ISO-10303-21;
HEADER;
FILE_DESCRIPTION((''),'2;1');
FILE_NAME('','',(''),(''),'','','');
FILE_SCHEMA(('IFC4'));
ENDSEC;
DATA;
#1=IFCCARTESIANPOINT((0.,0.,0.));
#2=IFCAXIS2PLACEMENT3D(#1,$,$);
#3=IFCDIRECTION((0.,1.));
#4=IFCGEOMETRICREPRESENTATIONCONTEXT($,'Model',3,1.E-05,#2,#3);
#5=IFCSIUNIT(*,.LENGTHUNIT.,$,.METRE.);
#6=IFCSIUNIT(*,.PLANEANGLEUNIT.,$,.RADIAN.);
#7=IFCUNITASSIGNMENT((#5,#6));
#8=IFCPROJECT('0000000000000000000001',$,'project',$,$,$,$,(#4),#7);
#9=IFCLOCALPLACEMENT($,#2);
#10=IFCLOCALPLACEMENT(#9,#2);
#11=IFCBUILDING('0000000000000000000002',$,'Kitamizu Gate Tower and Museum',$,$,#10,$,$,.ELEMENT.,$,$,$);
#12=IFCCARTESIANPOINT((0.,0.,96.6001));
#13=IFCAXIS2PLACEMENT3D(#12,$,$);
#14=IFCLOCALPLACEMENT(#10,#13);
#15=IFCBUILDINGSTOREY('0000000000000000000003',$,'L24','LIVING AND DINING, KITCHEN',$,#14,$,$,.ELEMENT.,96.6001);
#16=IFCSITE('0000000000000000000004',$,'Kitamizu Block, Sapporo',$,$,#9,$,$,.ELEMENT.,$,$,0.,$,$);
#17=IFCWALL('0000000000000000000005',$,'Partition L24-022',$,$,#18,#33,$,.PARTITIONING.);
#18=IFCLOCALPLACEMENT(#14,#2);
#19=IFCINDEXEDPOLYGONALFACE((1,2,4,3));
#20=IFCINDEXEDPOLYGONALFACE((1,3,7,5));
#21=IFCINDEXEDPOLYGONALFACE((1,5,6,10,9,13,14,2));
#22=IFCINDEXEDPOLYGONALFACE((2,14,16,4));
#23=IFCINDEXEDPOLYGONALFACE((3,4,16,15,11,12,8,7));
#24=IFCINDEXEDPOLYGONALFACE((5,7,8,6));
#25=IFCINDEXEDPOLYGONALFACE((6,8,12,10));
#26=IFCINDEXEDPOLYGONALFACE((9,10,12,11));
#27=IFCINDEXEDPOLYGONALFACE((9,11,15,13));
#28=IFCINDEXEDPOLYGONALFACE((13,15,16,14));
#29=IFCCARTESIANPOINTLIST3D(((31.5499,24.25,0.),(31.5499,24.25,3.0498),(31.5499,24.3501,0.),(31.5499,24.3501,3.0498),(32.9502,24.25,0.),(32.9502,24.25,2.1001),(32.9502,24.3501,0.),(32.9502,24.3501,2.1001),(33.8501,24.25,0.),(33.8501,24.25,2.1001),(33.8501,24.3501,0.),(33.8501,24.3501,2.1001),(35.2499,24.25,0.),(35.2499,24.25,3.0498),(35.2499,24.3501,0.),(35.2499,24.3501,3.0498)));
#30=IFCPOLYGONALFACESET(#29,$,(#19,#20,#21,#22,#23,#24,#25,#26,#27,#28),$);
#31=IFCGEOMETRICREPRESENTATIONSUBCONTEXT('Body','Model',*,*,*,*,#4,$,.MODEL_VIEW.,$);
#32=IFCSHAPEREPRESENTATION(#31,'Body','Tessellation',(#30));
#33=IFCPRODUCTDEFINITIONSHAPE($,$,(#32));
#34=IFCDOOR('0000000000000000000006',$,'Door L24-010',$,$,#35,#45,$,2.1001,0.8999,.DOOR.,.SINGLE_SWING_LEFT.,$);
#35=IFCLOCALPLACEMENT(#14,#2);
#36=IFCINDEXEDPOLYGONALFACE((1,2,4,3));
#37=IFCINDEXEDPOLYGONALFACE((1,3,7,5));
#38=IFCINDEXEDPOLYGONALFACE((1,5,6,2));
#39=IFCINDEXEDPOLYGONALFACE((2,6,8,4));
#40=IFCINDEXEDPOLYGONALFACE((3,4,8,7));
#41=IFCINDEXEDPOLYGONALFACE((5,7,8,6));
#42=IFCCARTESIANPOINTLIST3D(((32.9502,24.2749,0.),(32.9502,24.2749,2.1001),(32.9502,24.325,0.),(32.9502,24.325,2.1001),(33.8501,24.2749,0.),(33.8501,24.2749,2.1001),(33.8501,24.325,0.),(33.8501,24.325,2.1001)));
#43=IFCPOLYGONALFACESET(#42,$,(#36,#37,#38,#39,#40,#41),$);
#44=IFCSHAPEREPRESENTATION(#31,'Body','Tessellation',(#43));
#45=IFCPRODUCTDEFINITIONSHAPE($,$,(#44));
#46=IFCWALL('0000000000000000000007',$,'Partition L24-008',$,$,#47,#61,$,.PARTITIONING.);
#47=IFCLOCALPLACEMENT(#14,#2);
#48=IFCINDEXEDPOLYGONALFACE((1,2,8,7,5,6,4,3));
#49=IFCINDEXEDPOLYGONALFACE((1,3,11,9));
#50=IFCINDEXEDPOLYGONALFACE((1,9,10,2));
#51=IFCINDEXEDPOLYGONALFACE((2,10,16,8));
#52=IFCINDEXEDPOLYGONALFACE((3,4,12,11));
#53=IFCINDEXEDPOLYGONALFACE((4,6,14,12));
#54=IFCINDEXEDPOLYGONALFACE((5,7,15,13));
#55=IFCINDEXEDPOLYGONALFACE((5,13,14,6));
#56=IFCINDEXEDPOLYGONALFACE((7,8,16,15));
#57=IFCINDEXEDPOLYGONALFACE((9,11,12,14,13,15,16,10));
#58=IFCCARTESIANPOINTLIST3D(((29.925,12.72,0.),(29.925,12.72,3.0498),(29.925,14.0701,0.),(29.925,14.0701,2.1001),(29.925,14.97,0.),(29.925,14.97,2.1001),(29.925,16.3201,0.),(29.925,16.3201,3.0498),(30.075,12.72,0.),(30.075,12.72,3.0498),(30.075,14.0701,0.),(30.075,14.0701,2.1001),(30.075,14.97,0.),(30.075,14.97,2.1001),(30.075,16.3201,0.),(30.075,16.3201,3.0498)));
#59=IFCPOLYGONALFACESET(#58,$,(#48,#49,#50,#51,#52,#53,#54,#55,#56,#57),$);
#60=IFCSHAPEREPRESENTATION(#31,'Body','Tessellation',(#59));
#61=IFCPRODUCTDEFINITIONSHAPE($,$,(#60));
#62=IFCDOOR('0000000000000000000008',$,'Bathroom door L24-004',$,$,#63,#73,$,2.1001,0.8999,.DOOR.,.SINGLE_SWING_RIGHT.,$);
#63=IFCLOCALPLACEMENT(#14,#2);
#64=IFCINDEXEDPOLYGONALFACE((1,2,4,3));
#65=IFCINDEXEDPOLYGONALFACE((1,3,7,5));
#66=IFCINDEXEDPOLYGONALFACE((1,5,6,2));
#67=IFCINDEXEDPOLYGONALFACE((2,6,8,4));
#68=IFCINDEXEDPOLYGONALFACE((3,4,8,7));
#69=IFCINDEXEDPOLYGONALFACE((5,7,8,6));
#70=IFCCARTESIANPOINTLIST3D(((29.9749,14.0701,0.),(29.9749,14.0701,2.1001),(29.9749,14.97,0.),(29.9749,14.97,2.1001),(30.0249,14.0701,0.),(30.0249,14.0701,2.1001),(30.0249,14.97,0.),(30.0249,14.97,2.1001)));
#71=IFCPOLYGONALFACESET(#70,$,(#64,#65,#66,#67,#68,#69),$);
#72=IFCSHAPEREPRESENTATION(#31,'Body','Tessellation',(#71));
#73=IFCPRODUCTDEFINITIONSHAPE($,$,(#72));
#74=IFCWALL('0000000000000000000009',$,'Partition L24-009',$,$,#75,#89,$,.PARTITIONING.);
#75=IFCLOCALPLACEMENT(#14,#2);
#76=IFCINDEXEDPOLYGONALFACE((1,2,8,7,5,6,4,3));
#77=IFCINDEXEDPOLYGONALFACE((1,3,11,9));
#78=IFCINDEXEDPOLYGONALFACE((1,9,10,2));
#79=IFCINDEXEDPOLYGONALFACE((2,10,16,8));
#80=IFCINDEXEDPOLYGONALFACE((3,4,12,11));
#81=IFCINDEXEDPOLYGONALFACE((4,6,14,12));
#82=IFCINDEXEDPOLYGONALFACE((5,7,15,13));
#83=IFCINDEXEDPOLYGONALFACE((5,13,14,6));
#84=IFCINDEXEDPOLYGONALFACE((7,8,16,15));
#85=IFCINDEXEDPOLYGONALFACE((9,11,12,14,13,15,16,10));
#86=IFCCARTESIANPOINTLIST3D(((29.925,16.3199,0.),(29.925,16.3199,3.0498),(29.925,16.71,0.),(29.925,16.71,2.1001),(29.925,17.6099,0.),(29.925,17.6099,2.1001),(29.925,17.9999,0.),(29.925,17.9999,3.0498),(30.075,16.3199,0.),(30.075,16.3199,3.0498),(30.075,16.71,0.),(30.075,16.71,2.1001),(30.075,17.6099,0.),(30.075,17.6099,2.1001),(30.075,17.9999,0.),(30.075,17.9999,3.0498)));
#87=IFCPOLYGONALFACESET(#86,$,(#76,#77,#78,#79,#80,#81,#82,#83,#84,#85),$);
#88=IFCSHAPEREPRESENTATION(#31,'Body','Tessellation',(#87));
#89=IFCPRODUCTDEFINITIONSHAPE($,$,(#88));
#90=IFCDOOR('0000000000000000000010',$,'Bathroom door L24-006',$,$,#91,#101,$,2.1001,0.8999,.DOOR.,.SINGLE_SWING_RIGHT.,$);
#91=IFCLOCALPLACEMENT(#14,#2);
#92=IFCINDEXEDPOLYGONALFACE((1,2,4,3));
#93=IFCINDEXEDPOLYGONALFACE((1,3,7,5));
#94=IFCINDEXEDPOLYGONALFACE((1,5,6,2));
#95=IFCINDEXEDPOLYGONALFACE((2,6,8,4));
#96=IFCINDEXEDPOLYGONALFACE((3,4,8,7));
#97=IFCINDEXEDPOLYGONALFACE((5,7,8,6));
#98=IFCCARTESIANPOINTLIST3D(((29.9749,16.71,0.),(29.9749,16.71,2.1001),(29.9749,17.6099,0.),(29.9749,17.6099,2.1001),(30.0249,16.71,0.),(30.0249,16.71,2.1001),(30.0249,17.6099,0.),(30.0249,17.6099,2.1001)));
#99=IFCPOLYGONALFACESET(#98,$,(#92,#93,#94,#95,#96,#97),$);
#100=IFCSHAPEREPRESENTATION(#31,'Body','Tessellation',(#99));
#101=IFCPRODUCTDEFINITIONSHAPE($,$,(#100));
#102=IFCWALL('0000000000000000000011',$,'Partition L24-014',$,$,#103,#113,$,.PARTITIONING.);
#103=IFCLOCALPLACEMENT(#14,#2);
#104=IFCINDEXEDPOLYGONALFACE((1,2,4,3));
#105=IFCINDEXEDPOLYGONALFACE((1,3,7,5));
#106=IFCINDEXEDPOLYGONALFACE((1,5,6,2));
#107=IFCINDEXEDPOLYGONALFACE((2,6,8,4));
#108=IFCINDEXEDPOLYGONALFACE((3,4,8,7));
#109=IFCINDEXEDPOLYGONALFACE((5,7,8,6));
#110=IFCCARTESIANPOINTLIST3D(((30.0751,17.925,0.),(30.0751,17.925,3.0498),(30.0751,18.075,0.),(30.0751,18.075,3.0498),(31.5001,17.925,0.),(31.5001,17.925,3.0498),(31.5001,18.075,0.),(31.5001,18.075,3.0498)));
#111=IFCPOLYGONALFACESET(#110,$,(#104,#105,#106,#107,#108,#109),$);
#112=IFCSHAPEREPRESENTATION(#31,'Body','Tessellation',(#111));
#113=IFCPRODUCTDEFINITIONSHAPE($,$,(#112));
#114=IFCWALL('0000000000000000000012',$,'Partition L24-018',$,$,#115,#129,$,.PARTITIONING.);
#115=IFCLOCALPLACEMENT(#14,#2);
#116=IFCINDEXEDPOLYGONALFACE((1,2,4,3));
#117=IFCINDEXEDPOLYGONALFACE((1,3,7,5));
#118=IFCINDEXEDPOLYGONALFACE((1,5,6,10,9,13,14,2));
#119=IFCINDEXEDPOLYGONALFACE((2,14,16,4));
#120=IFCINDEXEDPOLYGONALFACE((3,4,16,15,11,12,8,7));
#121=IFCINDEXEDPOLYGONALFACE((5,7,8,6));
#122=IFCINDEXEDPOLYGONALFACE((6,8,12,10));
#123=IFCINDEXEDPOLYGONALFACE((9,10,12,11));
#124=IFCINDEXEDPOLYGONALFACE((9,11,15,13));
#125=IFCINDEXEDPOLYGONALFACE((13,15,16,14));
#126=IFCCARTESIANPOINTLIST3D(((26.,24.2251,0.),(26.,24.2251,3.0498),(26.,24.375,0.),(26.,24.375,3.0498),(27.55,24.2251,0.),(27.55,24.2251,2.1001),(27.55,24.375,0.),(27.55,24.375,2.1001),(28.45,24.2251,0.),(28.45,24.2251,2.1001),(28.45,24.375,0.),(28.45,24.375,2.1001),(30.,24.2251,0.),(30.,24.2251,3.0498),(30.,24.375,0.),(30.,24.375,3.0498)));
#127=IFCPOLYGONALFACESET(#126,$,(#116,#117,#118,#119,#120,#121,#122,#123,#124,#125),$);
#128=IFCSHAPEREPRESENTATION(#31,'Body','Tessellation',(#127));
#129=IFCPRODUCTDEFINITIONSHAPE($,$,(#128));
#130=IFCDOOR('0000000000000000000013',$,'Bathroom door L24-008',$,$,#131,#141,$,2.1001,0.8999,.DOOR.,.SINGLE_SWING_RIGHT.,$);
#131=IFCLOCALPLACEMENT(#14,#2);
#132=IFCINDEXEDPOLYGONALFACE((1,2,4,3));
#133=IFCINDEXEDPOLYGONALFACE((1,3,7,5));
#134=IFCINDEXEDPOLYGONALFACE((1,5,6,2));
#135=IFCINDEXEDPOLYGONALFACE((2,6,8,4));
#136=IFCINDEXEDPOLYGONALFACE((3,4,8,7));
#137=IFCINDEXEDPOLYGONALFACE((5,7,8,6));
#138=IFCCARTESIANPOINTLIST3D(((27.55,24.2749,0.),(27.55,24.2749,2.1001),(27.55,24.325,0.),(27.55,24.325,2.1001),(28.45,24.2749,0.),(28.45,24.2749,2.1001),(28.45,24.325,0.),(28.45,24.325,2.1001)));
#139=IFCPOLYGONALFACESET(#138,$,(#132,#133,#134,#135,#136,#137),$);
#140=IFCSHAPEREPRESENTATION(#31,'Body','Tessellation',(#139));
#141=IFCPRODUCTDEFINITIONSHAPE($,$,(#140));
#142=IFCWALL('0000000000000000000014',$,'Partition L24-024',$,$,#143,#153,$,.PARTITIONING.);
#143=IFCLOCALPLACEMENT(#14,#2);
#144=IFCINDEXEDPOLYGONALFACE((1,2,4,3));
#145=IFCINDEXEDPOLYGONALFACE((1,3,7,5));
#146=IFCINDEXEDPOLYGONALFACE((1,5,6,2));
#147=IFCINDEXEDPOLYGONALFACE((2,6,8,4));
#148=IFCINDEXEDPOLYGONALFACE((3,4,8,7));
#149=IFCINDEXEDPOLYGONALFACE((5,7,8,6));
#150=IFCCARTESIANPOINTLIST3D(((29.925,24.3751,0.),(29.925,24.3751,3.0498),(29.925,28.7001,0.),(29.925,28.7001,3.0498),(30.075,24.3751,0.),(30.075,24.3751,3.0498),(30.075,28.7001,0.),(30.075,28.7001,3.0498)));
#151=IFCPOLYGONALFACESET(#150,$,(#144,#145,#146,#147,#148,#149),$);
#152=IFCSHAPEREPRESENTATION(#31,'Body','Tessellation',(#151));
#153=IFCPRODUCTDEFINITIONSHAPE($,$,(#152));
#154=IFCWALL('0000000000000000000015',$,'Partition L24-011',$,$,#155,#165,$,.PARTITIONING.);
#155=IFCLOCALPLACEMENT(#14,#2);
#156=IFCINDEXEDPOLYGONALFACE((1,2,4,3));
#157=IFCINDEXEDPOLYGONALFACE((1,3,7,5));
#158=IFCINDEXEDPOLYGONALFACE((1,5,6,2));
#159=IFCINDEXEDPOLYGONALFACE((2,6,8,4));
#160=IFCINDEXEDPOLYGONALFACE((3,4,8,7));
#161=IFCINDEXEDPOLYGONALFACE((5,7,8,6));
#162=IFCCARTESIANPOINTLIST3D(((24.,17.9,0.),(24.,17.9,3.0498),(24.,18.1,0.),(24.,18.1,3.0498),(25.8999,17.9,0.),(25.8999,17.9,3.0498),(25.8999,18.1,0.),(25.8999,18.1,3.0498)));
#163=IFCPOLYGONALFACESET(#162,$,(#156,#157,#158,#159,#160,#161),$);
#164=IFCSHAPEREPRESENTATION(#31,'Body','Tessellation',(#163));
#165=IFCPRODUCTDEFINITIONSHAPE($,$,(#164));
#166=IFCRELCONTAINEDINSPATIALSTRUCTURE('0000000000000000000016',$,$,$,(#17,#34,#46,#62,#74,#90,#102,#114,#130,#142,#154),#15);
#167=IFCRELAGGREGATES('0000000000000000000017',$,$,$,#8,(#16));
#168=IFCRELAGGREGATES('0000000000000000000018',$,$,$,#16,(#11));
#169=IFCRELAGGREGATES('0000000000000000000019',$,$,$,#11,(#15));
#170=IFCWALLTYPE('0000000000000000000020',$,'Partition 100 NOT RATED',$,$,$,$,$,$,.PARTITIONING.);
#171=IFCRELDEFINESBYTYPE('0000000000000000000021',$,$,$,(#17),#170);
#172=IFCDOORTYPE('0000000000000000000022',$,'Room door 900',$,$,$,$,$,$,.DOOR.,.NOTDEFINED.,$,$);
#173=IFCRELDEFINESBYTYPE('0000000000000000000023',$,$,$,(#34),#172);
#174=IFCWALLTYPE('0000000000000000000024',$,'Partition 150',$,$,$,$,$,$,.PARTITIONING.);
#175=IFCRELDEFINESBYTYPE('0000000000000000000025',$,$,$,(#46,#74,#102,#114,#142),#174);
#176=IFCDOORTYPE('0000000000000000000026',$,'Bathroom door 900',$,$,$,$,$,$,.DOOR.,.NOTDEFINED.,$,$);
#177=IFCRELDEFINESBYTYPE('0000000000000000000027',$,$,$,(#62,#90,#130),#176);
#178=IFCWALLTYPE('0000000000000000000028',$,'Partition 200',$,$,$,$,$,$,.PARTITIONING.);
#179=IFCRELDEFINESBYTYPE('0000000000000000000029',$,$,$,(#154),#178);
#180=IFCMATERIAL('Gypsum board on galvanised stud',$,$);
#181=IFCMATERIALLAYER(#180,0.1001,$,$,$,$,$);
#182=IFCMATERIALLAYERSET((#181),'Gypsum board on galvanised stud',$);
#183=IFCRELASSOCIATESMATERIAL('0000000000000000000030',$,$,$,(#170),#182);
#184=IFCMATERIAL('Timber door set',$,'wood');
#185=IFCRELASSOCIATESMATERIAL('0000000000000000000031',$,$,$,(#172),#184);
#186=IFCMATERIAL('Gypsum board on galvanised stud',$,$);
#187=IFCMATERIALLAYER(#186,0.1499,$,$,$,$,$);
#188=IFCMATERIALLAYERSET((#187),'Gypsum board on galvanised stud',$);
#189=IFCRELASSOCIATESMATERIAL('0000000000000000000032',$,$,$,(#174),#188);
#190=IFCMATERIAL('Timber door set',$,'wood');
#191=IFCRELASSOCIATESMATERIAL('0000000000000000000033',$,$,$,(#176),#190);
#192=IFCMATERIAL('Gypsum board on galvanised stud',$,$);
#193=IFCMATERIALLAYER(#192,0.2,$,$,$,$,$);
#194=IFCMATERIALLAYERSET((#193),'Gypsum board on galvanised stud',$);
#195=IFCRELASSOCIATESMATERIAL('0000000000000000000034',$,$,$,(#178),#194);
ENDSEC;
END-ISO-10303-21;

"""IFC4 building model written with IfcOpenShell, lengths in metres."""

from ifc_helpers import new_model, si_unit, direction, frame, frame_2d, origin, place, context, subcontext, project, spatial, rectangle, extrude, material, layer, layer_set, type_object, element, fill, save


model = new_model("IFC4")

# Units and contexts
model_context = context("Model", 3, precision=1e-05, world=origin(), true_north=direction((0.0, 1.0)))
body_context = subcontext(model_context, "Body", "Model", "MODEL_VIEW")
ifc_project = project(units=[si_unit("LENGTHUNIT", "METRE"), si_unit("PLANEANGLEUNIT", "RADIAN")], contexts=[model_context])

# Site, building, storey
site_placement = place(None, origin())
site = spatial("IfcSite", under=ifc_project, at=site_placement, Name="Kitamizu Block, Sapporo", CompositionType="ELEMENT", RefElevation=0.0)
building_placement = place(site_placement, origin())
building = spatial("IfcBuilding", under=site, at=building_placement, Name="Kitamizu Gate Tower and Museum", CompositionType="ELEMENT")
storey_placement = place(building_placement, frame((0.0, 0.0, 96.6001)))
storey = spatial("IfcBuildingStorey", under=building, at=storey_placement, Name="L24", Description="LIVING AND DINING, KITCHEN", CompositionType="ELEMENT", Elevation=96.6001)

# Shared definitions
ifc_material_1 = material(Name="Gypsum board on galvanised stud")
ifc_layer_1 = layer(ifc_material_1, 0.1001)
ifc_layer_set_1 = layer_set([ifc_layer_1], Name="Gypsum board on galvanised stud")
wall_type_1 = type_object("IfcWallType", Name="Partition 100 NOT RATED", PredefinedType="PARTITIONING", material=ifc_layer_set_1)
ifc_material_2 = material(Name="Timber door set", Category="wood")
door_type_1 = type_object("IfcDoorType", Name="Room door 900", OperationType="NOTDEFINED", PredefinedType="DOOR", material=ifc_material_2)

# Walls, openings, doors
wall_1_placement = place(storey_placement, frame((35.25, 24.3, 0.0), z_axis=(0.0, 0.0, 1.0), x_axis=(-1.0, 0.0, 0.0)))
wall_1 = element("IfcWall", 1, at=wall_1_placement, inside=storey, type_object=wall_type_1, Name="Partition L24-022", PredefinedType="PARTITIONING", context=body_context, shape_type="SweptSolid", body=[
    extrude(rectangle(XDim=3.7, YDim=0.1001, at=frame_2d((1.8501, 0.0))), origin(), (0.0, 0.0, 1.0), 3.0498),
])
opening_1_placement = place(wall_1_placement, frame((1.3999, 0.0, 0.0)))
opening_1 = element("IfcOpeningElement", 2, at=opening_1_placement, cuts=wall_1, PredefinedType="OPENING", context=body_context, shape_type="SweptSolid", body=[
    extrude(rectangle(XDim=0.8999, YDim=2.1001, at=frame_2d((0.45, 1.05))), frame((0.0, 0.0601, 0.0), z_axis=(0.0, -1.0, 0.0), x_axis=(1.0, 0.0, 0.0)), (0.0, 0.0, 1.0), 0.1201),
])
door_1_placement = place(opening_1_placement, frame((0.8999, 0.0, 0.0), x_axis=(-1.0, 0.0, 0.0)))
door_1 = element("IfcDoor", 3, at=door_1_placement, inside=storey, type_object=door_type_1, Name="Door L24-010", OperationType="SINGLE_SWING_LEFT", OverallHeight=2.1001, OverallWidth=0.8999, PredefinedType="DOOR", context=body_context, shape_type="SweptSolid", body=[
    extrude(rectangle(XDim=0.8999, YDim=2.1001, at=frame_2d((0.45, 1.05))), frame((0.0, 0.0249, 0.0), z_axis=(0.0, -1.0, 0.0), x_axis=(1.0, 0.0, 0.0)), (0.0, 0.0, 1.0), 0.05),
])
fill(opening_1, door_1)
ifc_material_3 = material(Name="Gypsum board on galvanised stud")
ifc_layer_2 = layer(ifc_material_3, 0.1499)
ifc_layer_set_2 = layer_set([ifc_layer_2], Name="Gypsum board on galvanised stud")
wall_type_2 = type_object("IfcWallType", Name="Partition 150", PredefinedType="PARTITIONING", material=ifc_layer_set_2)
wall_2_placement = place(storey_placement, frame((30.0, 12.72, 0.0), z_axis=(0.0, 0.0, 1.0), x_axis=(0.0, 1.0, 0.0)))
wall_2 = element("IfcWall", 4, at=wall_2_placement, inside=storey, type_object=wall_type_2, Name="Partition L24-008", PredefinedType="PARTITIONING", context=body_context, shape_type="SweptSolid", body=[
    extrude(rectangle(XDim=3.6001, YDim=0.1499, at=frame_2d((1.8, 0.0))), origin(), (0.0, 0.0, 1.0), 3.0498),
])
opening_2_placement = place(wall_2_placement, frame((1.3501, 0.0, 0.0)))
opening_2 = element("IfcOpeningElement", 5, at=opening_2_placement, cuts=wall_2, PredefinedType="OPENING", context=body_context, shape_type="SweptSolid", body=[
    extrude(rectangle(XDim=0.8999, YDim=2.1001, at=frame_2d((0.45, 1.05))), frame((0.0, 0.085, 0.0), z_axis=(0.0, -1.0, 0.0), x_axis=(1.0, 0.0, 0.0)), (0.0, 0.0, 1.0), 0.1699),
])
ifc_material_4 = material(Name="Timber door set", Category="wood")
door_type_2 = type_object("IfcDoorType", Name="Bathroom door 900", OperationType="NOTDEFINED", PredefinedType="DOOR", material=ifc_material_4)
door_2_placement = place(opening_2_placement, frame((0.8999, 0.0, 0.0), x_axis=(-1.0, 0.0, 0.0)))
door_2 = element("IfcDoor", 6, at=door_2_placement, inside=storey, type_object=door_type_2, Name="Bathroom door L24-004", OperationType="SINGLE_SWING_RIGHT", OverallHeight=2.1001, OverallWidth=0.8999, PredefinedType="DOOR", context=body_context, shape_type="SweptSolid", body=[
    extrude(rectangle(XDim=0.8999, YDim=2.1001, at=frame_2d((0.45, 1.05))), frame((0.0, 0.0249, 0.0), z_axis=(0.0, -1.0, 0.0), x_axis=(1.0, 0.0, 0.0)), (0.0, 0.0, 1.0), 0.05),
])
fill(opening_2, door_2)
wall_3_placement = place(storey_placement, frame((30.0, 16.3201, 0.0), z_axis=(0.0, 0.0, 1.0), x_axis=(0.0, 1.0, 0.0)))
wall_3 = element("IfcWall", 7, at=wall_3_placement, inside=storey, type_object=wall_type_2, Name="Partition L24-009", PredefinedType="PARTITIONING", context=body_context, shape_type="SweptSolid", body=[
    extrude(rectangle(XDim=1.6799, YDim=0.1499, at=frame_2d((0.8398, 0.0))), origin(), (0.0, 0.0, 1.0), 3.0498),
])
opening_3_placement = place(wall_3_placement, frame((0.3899, 0.0, 0.0)))
opening_3 = element("IfcOpeningElement", 8, at=opening_3_placement, cuts=wall_3, PredefinedType="OPENING", context=body_context, shape_type="SweptSolid", body=[
    extrude(rectangle(XDim=0.8999, YDim=2.1001, at=frame_2d((0.45, 1.05))), frame((0.0, 0.085, 0.0), z_axis=(0.0, -1.0, 0.0), x_axis=(1.0, 0.0, 0.0)), (0.0, 0.0, 1.0), 0.1699),
])
door_3_placement = place(opening_3_placement, frame((0.8999, 0.0, 0.0), x_axis=(-1.0, 0.0, 0.0)))
door_3 = element("IfcDoor", 9, at=door_3_placement, inside=storey, type_object=door_type_2, Name="Bathroom door L24-006", OperationType="SINGLE_SWING_RIGHT", OverallHeight=2.1001, OverallWidth=0.8999, PredefinedType="DOOR", context=body_context, shape_type="SweptSolid", body=[
    extrude(rectangle(XDim=0.8999, YDim=2.1001, at=frame_2d((0.45, 1.05))), frame((0.0, 0.0249, 0.0), z_axis=(0.0, -1.0, 0.0), x_axis=(1.0, 0.0, 0.0)), (0.0, 0.0, 1.0), 0.05),
])
fill(opening_3, door_3)

# Wall
wall_4_placement = place(storey_placement, frame((31.5, 18.0, 0.0), z_axis=(0.0, 0.0, 1.0), x_axis=(-1.0, 0.0, 0.0)))
element("IfcWall", 10, at=wall_4_placement, inside=storey, type_object=wall_type_2, Name="Partition L24-014", PredefinedType="PARTITIONING", context=body_context, shape_type="SweptSolid", body=[
    extrude(rectangle(XDim=1.425, YDim=0.1499, at=frame_2d((0.7124, 0.0))), origin(), (0.0, 0.0, 1.0), 3.0498),
])

# Wall, opening, door
wall_5_placement = place(storey_placement, frame((30.0, 24.3, 0.0), z_axis=(0.0, 0.0, 1.0), x_axis=(-1.0, 0.0, 0.0)))
wall_5 = element("IfcWall", 11, at=wall_5_placement, inside=storey, type_object=wall_type_2, Name="Partition L24-018", PredefinedType="PARTITIONING", context=body_context, shape_type="SweptSolid", body=[
    extrude(rectangle(XDim=4.0, YDim=0.1499, at=frame_2d((2.0, 0.0))), origin(), (0.0, 0.0, 1.0), 3.0498),
])
opening_4_placement = place(wall_5_placement, frame((1.55, 0.0, 0.0)))
opening_4 = element("IfcOpeningElement", 12, at=opening_4_placement, cuts=wall_5, PredefinedType="OPENING", context=body_context, shape_type="SweptSolid", body=[
    extrude(rectangle(XDim=0.8999, YDim=2.1001, at=frame_2d((0.45, 1.05))), frame((0.0, 0.085, 0.0), z_axis=(0.0, -1.0, 0.0), x_axis=(1.0, 0.0, 0.0)), (0.0, 0.0, 1.0), 0.1699),
])
door_4_placement = place(opening_4_placement, frame((0.8999, 0.0, 0.0), x_axis=(-1.0, 0.0, 0.0)))
door_4 = element("IfcDoor", 13, at=door_4_placement, inside=storey, type_object=door_type_2, Name="Bathroom door L24-008", OperationType="SINGLE_SWING_RIGHT", OverallHeight=2.1001, OverallWidth=0.8999, PredefinedType="DOOR", context=body_context, shape_type="SweptSolid", body=[
    extrude(rectangle(XDim=0.8999, YDim=2.1001, at=frame_2d((0.45, 1.05))), frame((0.0, 0.0249, 0.0), z_axis=(0.0, -1.0, 0.0), x_axis=(1.0, 0.0, 0.0)), (0.0, 0.0, 1.0), 0.05),
])
fill(opening_4, door_4)

# Walls
wall_6_placement = place(storey_placement, frame((30.0, 24.375, 0.0), z_axis=(0.0, 0.0, 1.0), x_axis=(0.0, 1.0, 0.0)))
element("IfcWall", 14, at=wall_6_placement, inside=storey, type_object=wall_type_2, Name="Partition L24-024", PredefinedType="PARTITIONING", context=body_context, shape_type="SweptSolid", body=[
    extrude(rectangle(XDim=4.325, YDim=0.1499, at=frame_2d((2.1626, 0.0))), origin(), (0.0, 0.0, 1.0), 3.0498),
])
ifc_material_5 = material(Name="Gypsum board on galvanised stud")
ifc_layer_3 = layer(ifc_material_5, 0.2)
ifc_layer_set_3 = layer_set([ifc_layer_3], Name="Gypsum board on galvanised stud")
wall_type_3 = type_object("IfcWallType", Name="Partition 200", PredefinedType="PARTITIONING", material=ifc_layer_set_3)
wall_7_placement = place(storey_placement, frame((25.8999, 18.0, 0.0), z_axis=(0.0, 0.0, 1.0), x_axis=(-1.0, 0.0, 0.0)))
element("IfcWall", 15, at=wall_7_placement, inside=storey, type_object=wall_type_3, Name="Partition L24-011", PredefinedType="PARTITIONING", context=body_context, shape_type="SweptSolid", body=[
    extrude(rectangle(XDim=1.8999, YDim=0.2, at=frame_2d((0.95, 0.0))), origin(), (0.0, 0.0, 1.0), 3.0498),
])

save(model, "model.ifc")
